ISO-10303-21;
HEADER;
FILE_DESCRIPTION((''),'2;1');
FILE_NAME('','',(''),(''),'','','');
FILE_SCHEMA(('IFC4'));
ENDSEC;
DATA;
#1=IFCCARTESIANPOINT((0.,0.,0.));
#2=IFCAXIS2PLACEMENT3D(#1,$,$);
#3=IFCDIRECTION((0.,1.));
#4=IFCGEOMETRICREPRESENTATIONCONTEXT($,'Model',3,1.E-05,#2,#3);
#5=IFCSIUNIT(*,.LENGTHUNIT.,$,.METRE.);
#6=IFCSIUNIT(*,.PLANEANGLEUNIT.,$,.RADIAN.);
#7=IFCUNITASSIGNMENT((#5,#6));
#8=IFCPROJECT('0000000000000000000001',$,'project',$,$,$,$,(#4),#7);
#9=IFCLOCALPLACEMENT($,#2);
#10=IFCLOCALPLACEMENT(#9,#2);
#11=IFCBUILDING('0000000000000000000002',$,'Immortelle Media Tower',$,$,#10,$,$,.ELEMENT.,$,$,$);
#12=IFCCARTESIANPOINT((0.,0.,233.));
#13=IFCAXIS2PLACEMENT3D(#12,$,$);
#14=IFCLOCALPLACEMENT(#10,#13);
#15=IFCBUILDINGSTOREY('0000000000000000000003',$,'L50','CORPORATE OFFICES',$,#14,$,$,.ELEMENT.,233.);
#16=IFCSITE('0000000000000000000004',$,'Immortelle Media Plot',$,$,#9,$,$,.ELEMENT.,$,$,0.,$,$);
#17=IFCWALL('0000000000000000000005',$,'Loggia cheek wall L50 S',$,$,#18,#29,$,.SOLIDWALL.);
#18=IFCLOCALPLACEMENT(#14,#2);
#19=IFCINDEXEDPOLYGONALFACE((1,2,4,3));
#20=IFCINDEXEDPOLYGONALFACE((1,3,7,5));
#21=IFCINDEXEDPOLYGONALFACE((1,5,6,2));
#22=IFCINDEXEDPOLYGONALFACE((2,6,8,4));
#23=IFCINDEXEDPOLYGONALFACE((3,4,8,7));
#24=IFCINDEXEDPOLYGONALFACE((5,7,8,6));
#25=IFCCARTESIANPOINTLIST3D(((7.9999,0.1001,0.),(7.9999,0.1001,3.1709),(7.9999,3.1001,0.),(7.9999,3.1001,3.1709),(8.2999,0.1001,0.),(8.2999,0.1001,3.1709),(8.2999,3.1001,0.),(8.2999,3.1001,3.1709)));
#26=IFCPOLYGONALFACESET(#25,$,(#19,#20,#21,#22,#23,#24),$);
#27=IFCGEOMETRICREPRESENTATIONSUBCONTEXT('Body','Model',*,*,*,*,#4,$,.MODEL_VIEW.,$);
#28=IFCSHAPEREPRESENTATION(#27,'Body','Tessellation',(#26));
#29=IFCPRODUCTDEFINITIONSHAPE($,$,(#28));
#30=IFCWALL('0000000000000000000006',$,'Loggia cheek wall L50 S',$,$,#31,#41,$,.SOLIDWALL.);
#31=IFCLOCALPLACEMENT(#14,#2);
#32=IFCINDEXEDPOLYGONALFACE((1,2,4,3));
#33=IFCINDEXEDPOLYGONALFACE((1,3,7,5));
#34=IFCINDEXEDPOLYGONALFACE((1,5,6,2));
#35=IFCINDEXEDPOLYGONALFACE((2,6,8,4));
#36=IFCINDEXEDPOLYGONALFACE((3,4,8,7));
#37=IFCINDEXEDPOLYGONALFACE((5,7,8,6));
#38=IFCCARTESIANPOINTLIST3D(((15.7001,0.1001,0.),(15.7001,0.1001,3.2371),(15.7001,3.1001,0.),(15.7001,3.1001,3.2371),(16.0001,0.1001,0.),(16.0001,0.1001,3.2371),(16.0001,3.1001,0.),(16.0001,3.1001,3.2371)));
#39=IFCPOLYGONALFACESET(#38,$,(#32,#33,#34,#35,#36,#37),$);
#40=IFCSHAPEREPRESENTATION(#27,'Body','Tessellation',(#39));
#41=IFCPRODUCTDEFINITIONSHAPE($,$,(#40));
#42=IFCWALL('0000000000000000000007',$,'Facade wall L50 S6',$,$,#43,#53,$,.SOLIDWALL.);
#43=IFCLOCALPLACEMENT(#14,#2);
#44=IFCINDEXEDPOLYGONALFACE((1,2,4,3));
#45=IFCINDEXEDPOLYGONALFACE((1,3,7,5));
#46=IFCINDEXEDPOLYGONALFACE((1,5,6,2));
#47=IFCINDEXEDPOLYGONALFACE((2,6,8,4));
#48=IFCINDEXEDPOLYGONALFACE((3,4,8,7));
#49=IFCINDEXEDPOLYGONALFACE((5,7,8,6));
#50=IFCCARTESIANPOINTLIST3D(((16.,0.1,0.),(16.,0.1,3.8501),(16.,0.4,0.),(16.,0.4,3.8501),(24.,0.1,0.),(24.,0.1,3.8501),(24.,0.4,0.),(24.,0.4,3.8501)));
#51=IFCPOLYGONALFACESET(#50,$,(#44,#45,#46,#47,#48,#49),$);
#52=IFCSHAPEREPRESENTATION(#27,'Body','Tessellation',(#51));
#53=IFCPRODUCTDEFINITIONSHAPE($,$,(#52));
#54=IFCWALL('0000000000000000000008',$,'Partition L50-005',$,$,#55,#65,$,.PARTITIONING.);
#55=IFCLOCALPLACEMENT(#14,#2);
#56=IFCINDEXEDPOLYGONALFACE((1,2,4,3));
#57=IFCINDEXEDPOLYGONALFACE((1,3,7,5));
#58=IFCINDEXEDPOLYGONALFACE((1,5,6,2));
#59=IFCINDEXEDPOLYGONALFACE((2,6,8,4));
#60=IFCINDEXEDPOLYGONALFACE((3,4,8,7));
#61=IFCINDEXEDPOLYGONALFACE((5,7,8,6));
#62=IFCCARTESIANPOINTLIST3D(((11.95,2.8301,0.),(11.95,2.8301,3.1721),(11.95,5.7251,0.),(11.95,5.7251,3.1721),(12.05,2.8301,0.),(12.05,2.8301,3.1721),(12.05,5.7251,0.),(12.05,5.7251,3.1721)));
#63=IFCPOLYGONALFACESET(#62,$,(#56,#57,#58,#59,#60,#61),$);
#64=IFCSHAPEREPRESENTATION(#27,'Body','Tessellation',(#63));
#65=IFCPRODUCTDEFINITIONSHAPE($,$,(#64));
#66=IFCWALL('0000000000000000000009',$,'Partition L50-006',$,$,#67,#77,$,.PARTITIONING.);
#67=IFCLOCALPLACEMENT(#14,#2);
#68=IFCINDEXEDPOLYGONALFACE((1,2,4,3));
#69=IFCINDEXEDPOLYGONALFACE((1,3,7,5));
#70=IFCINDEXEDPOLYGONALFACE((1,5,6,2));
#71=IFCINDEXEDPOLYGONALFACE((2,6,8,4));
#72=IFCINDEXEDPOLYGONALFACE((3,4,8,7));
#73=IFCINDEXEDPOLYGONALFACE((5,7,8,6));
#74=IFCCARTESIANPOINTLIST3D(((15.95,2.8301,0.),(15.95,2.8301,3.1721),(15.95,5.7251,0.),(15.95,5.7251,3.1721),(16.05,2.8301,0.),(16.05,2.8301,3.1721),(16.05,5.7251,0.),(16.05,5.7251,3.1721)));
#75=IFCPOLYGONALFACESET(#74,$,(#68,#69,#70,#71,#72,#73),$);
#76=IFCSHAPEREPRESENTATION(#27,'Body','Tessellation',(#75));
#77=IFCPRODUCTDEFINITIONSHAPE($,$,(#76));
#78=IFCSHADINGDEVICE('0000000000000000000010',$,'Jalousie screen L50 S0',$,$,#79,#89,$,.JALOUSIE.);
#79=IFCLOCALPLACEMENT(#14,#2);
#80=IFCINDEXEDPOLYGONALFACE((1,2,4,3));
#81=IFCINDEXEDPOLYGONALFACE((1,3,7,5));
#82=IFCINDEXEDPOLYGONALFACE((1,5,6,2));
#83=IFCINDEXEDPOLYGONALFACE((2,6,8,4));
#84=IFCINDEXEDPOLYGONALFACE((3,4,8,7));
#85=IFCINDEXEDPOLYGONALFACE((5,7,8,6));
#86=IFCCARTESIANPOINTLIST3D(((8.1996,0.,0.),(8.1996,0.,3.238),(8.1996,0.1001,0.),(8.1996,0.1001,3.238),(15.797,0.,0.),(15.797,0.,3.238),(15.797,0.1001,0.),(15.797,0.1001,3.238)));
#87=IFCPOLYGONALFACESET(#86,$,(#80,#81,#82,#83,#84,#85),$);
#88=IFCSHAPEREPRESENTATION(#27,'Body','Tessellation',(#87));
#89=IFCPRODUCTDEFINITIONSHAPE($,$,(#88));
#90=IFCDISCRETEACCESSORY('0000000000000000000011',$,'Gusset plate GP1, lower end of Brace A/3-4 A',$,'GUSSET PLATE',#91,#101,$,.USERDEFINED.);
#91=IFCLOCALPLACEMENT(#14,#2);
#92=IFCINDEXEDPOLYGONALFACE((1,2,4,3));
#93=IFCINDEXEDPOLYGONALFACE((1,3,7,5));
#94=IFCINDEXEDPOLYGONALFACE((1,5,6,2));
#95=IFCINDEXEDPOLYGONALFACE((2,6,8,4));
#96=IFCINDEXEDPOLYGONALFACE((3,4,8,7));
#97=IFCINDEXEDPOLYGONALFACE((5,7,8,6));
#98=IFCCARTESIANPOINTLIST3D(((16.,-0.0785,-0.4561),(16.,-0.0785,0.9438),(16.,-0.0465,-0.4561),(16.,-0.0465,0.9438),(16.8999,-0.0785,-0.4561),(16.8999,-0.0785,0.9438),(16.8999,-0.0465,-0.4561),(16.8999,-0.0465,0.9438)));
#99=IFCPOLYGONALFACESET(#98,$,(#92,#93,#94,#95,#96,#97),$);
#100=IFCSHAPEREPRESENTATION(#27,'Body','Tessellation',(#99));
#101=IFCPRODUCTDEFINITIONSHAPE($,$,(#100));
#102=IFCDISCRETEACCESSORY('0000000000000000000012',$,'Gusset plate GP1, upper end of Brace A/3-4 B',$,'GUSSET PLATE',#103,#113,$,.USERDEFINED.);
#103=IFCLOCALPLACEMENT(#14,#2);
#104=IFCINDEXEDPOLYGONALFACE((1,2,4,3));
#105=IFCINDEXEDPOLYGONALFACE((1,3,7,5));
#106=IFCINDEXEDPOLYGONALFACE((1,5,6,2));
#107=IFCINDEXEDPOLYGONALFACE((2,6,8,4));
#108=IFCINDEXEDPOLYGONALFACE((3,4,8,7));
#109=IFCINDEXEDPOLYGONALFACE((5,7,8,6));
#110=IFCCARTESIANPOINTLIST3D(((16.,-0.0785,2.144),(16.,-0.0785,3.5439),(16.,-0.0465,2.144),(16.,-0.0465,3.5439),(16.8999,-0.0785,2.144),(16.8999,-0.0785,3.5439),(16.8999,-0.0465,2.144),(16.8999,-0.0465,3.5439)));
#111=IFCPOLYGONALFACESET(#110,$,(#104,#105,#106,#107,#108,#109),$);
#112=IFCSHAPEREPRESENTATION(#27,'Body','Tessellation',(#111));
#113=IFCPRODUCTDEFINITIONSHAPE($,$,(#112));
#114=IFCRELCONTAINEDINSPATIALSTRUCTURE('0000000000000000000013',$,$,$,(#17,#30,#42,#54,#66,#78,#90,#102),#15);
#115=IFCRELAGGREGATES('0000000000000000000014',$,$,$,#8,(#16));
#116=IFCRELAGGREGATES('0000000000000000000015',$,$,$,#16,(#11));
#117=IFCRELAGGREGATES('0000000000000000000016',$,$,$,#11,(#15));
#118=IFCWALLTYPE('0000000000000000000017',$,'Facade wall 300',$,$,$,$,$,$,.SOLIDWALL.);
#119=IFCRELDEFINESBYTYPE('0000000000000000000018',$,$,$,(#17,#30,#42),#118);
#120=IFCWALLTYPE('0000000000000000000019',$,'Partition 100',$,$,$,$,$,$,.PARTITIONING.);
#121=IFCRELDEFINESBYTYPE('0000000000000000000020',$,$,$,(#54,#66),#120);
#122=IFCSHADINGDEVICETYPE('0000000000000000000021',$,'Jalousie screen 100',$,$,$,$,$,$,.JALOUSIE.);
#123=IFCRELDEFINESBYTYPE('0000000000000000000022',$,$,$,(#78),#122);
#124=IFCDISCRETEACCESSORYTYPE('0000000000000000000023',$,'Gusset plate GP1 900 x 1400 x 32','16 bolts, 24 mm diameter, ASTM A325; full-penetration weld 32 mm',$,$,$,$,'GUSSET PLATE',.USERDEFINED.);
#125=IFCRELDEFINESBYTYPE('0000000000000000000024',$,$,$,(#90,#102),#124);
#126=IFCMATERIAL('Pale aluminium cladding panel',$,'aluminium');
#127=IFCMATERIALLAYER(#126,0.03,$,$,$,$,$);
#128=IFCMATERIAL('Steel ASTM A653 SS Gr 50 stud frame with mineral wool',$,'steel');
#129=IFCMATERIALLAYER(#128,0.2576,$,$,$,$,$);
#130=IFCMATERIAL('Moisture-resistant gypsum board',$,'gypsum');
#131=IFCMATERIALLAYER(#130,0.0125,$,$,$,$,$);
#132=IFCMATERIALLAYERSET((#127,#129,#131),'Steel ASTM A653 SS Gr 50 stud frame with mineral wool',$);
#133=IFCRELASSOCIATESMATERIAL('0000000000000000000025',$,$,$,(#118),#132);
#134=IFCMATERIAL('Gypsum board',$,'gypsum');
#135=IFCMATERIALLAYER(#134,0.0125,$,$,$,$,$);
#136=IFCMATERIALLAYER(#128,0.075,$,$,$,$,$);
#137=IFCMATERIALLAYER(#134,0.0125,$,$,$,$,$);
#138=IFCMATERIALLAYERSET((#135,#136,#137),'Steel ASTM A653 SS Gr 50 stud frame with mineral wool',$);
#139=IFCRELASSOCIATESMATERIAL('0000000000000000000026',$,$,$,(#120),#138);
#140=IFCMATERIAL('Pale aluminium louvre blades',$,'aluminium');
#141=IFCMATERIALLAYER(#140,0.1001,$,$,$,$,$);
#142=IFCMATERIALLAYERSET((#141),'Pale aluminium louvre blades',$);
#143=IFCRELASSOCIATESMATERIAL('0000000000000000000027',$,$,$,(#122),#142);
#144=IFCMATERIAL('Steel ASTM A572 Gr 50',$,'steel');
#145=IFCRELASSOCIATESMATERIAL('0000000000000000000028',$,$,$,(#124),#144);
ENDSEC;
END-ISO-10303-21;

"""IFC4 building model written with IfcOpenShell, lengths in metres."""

from ifc_helpers import new_model, si_unit, direction, frame, frame_2d, origin, origin_2d, place, context, subcontext, project, spatial, rectangle, extrude, material, layer, layer_set, material_profile, profile_set, type_object, element, save


model = new_model("IFC4")

# Units and contexts
model_context = context("Model", 3, precision=1e-05, world=origin(), true_north=direction((0.0, 1.0)))
body_context = subcontext(model_context, "Body", "Model", "MODEL_VIEW")
ifc_project = project(units=[si_unit("LENGTHUNIT", "METRE"), si_unit("PLANEANGLEUNIT", "RADIAN")], contexts=[model_context])

# Site, building, storey
site_placement = place(None, origin())
site = spatial("IfcSite", under=ifc_project, at=site_placement, Name="Immortelle Media Plot", CompositionType="ELEMENT", RefElevation=0.0)
building_placement = place(site_placement, origin())
building = spatial("IfcBuilding", under=site, at=building_placement, Name="Immortelle Media Tower", CompositionType="ELEMENT")
storey_placement = place(building_placement, frame((0.0, 0.0, 233.0)))
storey = spatial("IfcBuildingStorey", under=building, at=storey_placement, Name="L50", Description="CORPORATE OFFICES", CompositionType="ELEMENT", Elevation=233.0)

# Shared definitions
ifc_material_1 = material(Name="Pale aluminium cladding panel", Category="aluminium")
ifc_layer_1 = layer(ifc_material_1, 0.03)
ifc_material_2 = material(Name="Steel ASTM A653 SS Gr 50 stud frame with mineral wool", Category="steel")
ifc_layer_2 = layer(ifc_material_2, 0.2576)
ifc_material_3 = material(Name="Moisture-resistant gypsum board", Category="gypsum")
ifc_layer_3 = layer(ifc_material_3, 0.0125)
ifc_layer_set_1 = layer_set([ifc_layer_1, ifc_layer_2, ifc_layer_3], Name="Steel ASTM A653 SS Gr 50 stud frame with mineral wool")
wall_type_1 = type_object("IfcWallType", Name="Facade wall 300", PredefinedType="SOLIDWALL", material=ifc_layer_set_1)

# Walls
wall_1_placement = place(storey_placement, frame((8.1499, 0.1001, 0.0), z_axis=(0.0, 0.0, 1.0), x_axis=(0.0, 1.0, 0.0)))
element("IfcWall", 1, at=wall_1_placement, inside=storey, type_object=wall_type_1, Name="Loggia cheek wall L50 S", PredefinedType="SOLIDWALL", context=body_context, shape_type="SweptSolid", body=[
    extrude(rectangle(XDim=3.0, YDim=0.3, at=frame_2d((1.5, 0.0))), origin(), (0.0, 0.0, 1.0), 3.1709),
])
wall_2_placement = place(storey_placement, frame((15.8501, 0.1001, 0.0), z_axis=(0.0, 0.0, 1.0), x_axis=(0.0, 1.0, 0.0)))
element("IfcWall", 2, at=wall_2_placement, inside=storey, type_object=wall_type_1, Name="Loggia cheek wall L50 S", PredefinedType="SOLIDWALL", context=body_context, shape_type="SweptSolid", body=[
    extrude(rectangle(XDim=3.0, YDim=0.3, at=frame_2d((1.5, 0.0))), origin(), (0.0, 0.0, 1.0), 3.2371),
])
wall_3_placement = place(storey_placement, frame((16.0, 0.25, 0.0), z_axis=(0.0, 0.0, 1.0), x_axis=(1.0, 0.0, 0.0)))
element("IfcWall", 3, at=wall_3_placement, inside=storey, type_object=wall_type_1, Name="Facade wall L50 S6", PredefinedType="SOLIDWALL", context=body_context, shape_type="SweptSolid", body=[
    extrude(rectangle(XDim=8.0, YDim=0.3, at=frame_2d((4.0, 0.0))), origin(), (0.0, 0.0, 1.0), 3.8501),
])
ifc_material_4 = material(Name="Gypsum board", Category="gypsum")
ifc_layer_4 = layer(ifc_material_4, 0.0125)
ifc_layer_5 = layer(ifc_material_2, 0.075)
ifc_layer_6 = layer(ifc_material_4, 0.0125)
ifc_layer_set_2 = layer_set([ifc_layer_4, ifc_layer_5, ifc_layer_6], Name="Steel ASTM A653 SS Gr 50 stud frame with mineral wool")
wall_type_2 = type_object("IfcWallType", Name="Partition 100", PredefinedType="PARTITIONING", material=ifc_layer_set_2)
for number, where, z_axis, x_axis, name in (
    (4, (12.0, 2.8301, 0.0), (0.0, 0.0, 1.0), (0.0, 1.0, 0.0), "Partition L50-005"),
    (5, (16.0, 2.8301, 0.0), (0.0, 0.0, 1.0), (0.0, 1.0, 0.0), "Partition L50-006"),
):
    element("IfcWall", number, at=place(storey_placement, frame(where, z_axis=z_axis, x_axis=x_axis)), inside=storey, type_object=wall_type_2, Name=name, PredefinedType="PARTITIONING", context=body_context, shape_type="SweptSolid", body=[
        extrude(rectangle(XDim=2.895, YDim=0.1001, at=frame_2d((1.4475, 0.0))), origin(), (0.0, 0.0, 1.0), 3.1721),
    ])

# Shading device
ifc_material_5 = material(Name="Pale aluminium louvre blades", Category="aluminium")
ifc_layer_7 = layer(ifc_material_5, 0.1001)
ifc_layer_set_3 = layer_set([ifc_layer_7], Name="Pale aluminium louvre blades")
shading_device_type = type_object("IfcShadingDeviceType", Name="Jalousie screen 100", PredefinedType="JALOUSIE", material=ifc_layer_set_3)
shading_device_placement = place(storey_placement, frame((11.9983, 0.05, 0.0), z_axis=(0.0, 0.0, 1.0), x_axis=(1.0, 0.0, 0.0)))
element("IfcShadingDevice", 6, at=shading_device_placement, inside=storey, type_object=shading_device_type, Name="Jalousie screen L50 S0", PredefinedType="JALOUSIE", context=body_context, shape_type="SweptSolid", body=[
    extrude(rectangle(XDim=7.5974, YDim=0.1001, at=origin_2d()), origin(), (0.0, 0.0, 1.0), 3.238),
])

# Discrete accessories
ifc_material_6 = material(Name="Steel ASTM A572 Gr 50", Category="steel")
ifc_material_profile_1 = material_profile(ifc_material_6, rectangle(XDim=0.032, YDim=1.3999, at=origin_2d()), Name="PL 32 x 1400")
ifc_profile_set_1 = profile_set([ifc_material_profile_1], Name="Steel ASTM A572 Gr 50")
discrete_accessory_type = type_object("IfcDiscreteAccessoryType", Name="Gusset plate GP1 900 x 1400 x 32", Description="16 bolts, 24 mm diameter, ASTM A325; full-penetration weld 32 mm", ElementType="GUSSET PLATE", PredefinedType="USERDEFINED", material=ifc_profile_set_1)
for number, where, z_axis, x_axis, name in (
    (7, (16.0, -0.0625, 0.2439), (1.0, 0.0, 0.0), (0.0, 1.0, 0.0), "Gusset plate GP1, lower end of Brace A/3-4 A"),
    (8, (16.0, -0.0625, 2.844), (1.0, 0.0, 0.0), (0.0, 1.0, 0.0), "Gusset plate GP1, upper end of Brace A/3-4 B"),
):
    element("IfcDiscreteAccessory", number, at=place(storey_placement, frame(where, z_axis=z_axis, x_axis=x_axis)), inside=storey, type_object=discrete_accessory_type, Name=name, ObjectType="GUSSET PLATE", PredefinedType="USERDEFINED", context=body_context, shape_type="SweptSolid", body=[
        extrude(rectangle(XDim=0.032, YDim=1.3999, at=origin_2d()), origin(), (0.0, 0.0, 1.0), 0.8999),
    ])

save(model, "model.ifc")
